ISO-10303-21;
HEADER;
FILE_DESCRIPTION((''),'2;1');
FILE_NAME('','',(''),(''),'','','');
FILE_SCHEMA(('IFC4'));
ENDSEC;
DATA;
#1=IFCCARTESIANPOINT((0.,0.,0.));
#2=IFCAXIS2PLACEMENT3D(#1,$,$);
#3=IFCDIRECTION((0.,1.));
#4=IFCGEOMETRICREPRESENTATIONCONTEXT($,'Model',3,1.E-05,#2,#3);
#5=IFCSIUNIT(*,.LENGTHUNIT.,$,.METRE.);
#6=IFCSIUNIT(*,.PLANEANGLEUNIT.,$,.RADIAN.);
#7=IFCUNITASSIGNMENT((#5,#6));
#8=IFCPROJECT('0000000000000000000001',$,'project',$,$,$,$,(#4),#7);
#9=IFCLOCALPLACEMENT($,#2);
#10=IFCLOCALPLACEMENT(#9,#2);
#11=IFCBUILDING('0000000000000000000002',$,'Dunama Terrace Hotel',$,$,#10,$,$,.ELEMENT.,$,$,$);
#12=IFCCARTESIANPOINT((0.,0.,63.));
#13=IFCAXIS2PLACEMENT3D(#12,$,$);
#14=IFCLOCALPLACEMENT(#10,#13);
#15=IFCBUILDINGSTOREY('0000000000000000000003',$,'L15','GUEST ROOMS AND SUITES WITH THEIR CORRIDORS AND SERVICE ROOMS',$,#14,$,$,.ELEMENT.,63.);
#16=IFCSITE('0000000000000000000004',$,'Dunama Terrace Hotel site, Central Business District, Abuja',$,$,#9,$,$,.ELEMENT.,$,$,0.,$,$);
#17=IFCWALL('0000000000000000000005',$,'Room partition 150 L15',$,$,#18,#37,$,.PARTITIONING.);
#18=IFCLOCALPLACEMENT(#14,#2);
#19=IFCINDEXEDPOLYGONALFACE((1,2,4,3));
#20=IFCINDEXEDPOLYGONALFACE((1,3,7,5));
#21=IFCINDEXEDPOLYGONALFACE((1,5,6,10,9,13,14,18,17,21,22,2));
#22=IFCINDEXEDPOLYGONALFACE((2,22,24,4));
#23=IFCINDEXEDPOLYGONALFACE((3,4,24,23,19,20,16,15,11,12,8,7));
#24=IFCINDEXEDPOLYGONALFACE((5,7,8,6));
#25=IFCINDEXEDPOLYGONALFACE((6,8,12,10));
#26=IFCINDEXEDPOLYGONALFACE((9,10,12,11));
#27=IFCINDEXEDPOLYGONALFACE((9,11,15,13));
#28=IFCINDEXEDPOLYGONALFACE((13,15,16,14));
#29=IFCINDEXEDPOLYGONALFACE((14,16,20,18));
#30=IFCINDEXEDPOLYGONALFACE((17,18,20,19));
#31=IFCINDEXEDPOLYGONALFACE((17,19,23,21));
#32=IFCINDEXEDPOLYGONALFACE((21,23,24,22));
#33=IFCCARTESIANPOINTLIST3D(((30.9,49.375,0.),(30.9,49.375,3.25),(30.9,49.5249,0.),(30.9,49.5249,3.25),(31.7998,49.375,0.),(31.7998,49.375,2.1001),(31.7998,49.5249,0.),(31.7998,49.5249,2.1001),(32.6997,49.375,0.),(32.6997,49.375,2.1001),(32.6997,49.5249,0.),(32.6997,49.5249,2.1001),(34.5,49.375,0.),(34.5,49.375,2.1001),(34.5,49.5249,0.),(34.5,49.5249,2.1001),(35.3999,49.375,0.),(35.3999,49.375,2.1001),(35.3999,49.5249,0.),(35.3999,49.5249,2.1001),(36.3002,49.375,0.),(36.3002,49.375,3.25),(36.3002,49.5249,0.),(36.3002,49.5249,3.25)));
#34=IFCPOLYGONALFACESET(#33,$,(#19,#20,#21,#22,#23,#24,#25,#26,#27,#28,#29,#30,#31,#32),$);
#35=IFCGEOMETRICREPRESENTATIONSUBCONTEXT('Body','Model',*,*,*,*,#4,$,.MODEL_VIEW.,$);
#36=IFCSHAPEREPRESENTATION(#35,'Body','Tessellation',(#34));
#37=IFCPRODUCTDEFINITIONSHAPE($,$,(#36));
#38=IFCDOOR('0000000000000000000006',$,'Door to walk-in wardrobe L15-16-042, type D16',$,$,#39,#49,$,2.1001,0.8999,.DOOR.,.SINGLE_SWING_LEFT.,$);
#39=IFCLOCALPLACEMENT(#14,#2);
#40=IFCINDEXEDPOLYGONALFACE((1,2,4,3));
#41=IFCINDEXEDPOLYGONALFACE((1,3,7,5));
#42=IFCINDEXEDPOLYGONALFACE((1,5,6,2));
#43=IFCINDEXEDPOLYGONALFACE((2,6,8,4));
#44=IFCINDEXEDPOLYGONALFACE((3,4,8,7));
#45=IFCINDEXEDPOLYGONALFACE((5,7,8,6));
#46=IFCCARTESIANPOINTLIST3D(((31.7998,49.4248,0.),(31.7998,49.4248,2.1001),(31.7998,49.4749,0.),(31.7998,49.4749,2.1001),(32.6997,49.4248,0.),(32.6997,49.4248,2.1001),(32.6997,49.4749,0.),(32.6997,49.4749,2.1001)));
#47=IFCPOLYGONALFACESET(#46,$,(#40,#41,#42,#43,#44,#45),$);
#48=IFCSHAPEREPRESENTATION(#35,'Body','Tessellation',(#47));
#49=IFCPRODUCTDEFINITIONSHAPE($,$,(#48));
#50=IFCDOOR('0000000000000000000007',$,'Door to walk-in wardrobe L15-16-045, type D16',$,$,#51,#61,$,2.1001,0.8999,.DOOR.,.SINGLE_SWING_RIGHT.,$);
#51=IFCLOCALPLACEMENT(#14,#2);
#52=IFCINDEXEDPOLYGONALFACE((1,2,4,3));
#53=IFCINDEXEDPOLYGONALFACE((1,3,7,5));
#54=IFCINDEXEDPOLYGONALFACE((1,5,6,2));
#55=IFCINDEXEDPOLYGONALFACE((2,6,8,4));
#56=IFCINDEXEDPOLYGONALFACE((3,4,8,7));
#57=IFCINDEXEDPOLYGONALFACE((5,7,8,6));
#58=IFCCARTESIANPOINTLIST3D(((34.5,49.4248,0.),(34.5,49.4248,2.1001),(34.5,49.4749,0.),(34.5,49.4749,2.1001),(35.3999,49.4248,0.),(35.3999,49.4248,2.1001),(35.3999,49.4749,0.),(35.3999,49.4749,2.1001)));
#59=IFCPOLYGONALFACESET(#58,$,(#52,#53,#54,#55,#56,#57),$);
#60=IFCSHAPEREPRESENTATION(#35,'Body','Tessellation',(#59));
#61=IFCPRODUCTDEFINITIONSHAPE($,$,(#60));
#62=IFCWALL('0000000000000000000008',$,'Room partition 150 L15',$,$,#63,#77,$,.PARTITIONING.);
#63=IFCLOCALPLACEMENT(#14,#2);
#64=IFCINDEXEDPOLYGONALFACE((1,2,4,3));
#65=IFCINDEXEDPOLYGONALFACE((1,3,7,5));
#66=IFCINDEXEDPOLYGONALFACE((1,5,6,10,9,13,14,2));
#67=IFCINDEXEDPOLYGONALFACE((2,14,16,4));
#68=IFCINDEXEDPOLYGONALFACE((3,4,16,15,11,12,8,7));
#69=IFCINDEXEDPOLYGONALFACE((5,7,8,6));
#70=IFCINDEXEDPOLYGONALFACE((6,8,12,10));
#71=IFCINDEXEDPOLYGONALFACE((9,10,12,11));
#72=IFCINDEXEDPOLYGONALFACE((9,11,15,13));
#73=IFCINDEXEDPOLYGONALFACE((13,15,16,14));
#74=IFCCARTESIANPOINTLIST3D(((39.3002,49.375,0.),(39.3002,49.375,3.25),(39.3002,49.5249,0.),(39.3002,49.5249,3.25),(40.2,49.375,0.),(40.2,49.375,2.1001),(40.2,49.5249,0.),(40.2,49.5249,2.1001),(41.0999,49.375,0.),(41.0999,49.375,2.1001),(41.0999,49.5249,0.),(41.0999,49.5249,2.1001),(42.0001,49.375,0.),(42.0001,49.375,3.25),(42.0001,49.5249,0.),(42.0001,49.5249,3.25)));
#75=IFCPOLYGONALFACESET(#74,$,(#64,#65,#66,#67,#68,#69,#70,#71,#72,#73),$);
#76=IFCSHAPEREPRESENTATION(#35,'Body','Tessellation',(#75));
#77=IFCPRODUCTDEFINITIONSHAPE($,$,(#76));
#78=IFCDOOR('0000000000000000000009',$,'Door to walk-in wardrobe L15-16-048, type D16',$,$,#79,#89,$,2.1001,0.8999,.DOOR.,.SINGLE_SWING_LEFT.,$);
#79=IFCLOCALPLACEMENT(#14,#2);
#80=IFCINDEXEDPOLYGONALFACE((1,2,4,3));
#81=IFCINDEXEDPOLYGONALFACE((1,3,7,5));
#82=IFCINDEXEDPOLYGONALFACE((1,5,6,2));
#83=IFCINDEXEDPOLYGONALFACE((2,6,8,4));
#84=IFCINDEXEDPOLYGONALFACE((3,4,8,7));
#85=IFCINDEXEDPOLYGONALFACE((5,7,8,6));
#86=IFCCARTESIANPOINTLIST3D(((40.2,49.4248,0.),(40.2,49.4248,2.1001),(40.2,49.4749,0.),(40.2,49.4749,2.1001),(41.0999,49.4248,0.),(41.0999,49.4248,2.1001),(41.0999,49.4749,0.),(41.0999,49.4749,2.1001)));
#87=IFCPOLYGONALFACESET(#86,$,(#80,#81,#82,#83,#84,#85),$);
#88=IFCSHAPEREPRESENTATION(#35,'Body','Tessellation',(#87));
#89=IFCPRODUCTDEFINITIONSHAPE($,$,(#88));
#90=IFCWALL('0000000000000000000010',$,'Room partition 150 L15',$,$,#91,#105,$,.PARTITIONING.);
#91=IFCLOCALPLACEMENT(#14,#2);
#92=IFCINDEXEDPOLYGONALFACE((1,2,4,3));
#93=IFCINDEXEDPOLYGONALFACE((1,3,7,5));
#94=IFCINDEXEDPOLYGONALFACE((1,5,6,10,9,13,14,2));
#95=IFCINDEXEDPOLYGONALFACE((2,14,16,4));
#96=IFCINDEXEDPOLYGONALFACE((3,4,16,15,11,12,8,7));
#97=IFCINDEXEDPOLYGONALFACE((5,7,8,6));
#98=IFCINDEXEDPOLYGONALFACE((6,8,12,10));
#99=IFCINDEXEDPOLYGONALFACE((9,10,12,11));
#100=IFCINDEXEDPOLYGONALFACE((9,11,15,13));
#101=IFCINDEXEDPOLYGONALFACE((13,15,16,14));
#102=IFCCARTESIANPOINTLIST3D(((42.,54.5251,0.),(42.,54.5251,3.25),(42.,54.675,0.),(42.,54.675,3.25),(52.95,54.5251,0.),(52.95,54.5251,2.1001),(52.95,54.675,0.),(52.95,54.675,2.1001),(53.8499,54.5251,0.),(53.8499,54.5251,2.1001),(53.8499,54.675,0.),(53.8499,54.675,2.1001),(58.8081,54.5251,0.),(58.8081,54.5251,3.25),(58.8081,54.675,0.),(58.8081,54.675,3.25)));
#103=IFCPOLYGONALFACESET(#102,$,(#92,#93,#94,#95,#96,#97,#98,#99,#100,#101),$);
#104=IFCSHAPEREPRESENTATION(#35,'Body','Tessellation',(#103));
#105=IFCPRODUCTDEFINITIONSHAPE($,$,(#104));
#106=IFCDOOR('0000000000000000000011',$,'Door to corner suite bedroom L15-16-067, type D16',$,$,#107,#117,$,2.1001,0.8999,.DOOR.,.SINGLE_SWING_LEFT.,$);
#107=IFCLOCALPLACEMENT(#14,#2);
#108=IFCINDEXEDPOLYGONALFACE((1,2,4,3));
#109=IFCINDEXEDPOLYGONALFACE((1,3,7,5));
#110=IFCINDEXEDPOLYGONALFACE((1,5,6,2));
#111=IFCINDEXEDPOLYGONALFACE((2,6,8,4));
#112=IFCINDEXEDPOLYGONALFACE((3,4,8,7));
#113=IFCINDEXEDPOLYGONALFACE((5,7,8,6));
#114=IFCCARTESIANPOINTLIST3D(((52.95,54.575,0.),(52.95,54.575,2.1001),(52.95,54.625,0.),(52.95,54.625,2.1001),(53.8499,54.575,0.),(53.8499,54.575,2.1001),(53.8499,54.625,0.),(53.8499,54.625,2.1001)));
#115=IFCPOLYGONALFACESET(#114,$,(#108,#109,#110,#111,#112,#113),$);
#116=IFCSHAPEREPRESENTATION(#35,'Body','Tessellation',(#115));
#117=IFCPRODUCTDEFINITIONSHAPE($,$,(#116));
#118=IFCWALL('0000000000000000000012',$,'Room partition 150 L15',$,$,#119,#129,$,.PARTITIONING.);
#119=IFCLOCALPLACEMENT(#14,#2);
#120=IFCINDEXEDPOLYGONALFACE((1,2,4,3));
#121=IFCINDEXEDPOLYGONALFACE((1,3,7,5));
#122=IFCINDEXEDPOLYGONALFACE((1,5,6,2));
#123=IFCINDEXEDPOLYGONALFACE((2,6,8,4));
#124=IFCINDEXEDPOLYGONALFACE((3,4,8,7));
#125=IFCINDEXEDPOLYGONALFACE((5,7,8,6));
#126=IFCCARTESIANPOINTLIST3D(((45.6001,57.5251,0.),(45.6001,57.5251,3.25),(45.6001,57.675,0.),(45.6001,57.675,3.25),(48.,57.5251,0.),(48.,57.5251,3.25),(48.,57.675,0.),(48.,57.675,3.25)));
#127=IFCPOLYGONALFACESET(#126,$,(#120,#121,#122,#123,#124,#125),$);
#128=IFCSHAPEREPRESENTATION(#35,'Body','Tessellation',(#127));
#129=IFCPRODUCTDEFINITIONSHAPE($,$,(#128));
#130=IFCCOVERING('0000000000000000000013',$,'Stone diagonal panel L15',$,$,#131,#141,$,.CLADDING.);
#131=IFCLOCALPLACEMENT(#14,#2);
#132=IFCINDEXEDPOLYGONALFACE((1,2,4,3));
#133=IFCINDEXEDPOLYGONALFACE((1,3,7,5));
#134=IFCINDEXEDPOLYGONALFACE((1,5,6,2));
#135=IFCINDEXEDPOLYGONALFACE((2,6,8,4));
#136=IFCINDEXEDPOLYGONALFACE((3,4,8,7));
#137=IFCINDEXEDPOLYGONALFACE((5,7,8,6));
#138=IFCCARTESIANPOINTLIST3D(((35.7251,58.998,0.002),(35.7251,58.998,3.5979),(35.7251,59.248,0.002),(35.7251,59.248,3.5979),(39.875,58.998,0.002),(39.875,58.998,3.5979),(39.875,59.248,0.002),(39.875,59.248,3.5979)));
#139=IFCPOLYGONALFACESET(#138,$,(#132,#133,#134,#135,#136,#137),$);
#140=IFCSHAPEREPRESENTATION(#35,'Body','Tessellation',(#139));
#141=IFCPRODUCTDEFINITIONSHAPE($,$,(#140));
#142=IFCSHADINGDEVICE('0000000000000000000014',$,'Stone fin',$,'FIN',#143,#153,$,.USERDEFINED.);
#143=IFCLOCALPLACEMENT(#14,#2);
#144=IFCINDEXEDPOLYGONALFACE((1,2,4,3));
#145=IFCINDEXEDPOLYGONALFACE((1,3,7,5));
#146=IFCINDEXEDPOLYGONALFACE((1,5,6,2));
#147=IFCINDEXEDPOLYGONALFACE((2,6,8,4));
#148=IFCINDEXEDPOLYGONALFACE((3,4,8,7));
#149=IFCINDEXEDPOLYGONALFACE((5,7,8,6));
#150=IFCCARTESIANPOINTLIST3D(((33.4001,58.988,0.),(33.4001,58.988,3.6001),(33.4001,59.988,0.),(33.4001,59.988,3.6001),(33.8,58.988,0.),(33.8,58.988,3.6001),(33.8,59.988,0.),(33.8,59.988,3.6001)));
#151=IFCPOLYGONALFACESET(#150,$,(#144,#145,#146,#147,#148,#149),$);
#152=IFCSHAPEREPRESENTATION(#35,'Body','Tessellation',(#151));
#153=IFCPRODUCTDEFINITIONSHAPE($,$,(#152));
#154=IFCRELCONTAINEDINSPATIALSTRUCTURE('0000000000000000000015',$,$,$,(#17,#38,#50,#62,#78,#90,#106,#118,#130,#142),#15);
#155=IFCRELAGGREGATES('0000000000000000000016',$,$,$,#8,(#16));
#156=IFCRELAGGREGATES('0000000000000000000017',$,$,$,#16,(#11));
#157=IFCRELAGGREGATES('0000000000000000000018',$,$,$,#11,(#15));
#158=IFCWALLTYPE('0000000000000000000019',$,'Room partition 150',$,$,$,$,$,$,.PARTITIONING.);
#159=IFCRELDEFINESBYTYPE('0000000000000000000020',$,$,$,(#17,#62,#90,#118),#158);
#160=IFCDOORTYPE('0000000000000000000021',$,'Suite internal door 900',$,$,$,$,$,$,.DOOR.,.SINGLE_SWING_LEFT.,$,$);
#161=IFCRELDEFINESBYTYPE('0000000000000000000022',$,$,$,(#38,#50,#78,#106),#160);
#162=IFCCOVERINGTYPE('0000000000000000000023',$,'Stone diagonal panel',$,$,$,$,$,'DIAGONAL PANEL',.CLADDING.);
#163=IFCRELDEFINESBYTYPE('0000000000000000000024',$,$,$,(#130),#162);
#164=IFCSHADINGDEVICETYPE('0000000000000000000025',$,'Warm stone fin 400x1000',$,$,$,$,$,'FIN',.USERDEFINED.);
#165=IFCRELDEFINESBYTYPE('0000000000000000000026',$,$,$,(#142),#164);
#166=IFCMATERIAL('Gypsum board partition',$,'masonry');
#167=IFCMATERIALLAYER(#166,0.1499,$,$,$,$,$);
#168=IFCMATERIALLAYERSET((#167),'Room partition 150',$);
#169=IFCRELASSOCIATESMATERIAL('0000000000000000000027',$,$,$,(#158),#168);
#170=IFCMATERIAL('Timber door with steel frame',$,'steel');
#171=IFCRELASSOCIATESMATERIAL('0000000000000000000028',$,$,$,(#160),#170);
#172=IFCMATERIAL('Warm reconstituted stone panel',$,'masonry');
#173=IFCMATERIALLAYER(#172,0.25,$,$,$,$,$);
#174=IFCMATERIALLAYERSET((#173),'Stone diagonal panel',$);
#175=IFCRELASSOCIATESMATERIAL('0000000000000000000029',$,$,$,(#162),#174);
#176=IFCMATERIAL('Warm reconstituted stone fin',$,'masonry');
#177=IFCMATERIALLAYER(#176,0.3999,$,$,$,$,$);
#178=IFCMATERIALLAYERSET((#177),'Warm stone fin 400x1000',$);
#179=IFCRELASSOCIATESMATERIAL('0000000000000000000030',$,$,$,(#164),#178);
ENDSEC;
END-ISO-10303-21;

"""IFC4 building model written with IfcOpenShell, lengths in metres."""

from ifc_helpers import new_model, si_unit, direction, frame, frame_2d, origin, origin_2d, place, context, subcontext, project, spatial, rectangle, extrude, material, layer, layer_set, type_object, element, fill, save


model = new_model("IFC4")

# Units and contexts
model_context = context("Model", 3, precision=1e-05, world=origin(), true_north=direction((0.0, 1.0)))
body_context = subcontext(model_context, "Body", "Model", "MODEL_VIEW")
ifc_project = project(units=[si_unit("LENGTHUNIT", "METRE"), si_unit("PLANEANGLEUNIT", "RADIAN")], contexts=[model_context])

# Site, building, storey
site_placement = place(None, origin())
site = spatial("IfcSite", under=ifc_project, at=site_placement, Name="Dunama Terrace Hotel site, Central Business District, Abuja", CompositionType="ELEMENT", RefElevation=0.0)
building_placement = place(site_placement, origin())
building = spatial("IfcBuilding", under=site, at=building_placement, Name="Dunama Terrace Hotel", CompositionType="ELEMENT")
storey_placement = place(building_placement, frame((0.0, 0.0, 63.0)))
storey = spatial("IfcBuildingStorey", under=building, at=storey_placement, Name="L15", Description="GUEST ROOMS AND SUITES WITH THEIR CORRIDORS AND SERVICE ROOMS", CompositionType="ELEMENT", Elevation=63.0)

# Shared definitions
ifc_material_1 = material(Name="Gypsum board partition", Category="masonry")
ifc_layer_1 = layer(ifc_material_1, 0.1499)
ifc_layer_set_1 = layer_set([ifc_layer_1], Name="Room partition 150")
wall_type_1 = type_object("IfcWallType", Name="Room partition 150", PredefinedType="PARTITIONING", material=ifc_layer_set_1)

# Wall, openings, doors
wall_1_placement = place(storey_placement, frame((30.8999, 49.45, 0.0), z_axis=(0.0, 0.0, 1.0), x_axis=(1.0, 0.0, 0.0)))
wall_1 = element("IfcWall", 1, at=wall_1_placement, inside=storey, type_object=wall_type_1, Name="Room partition 150 L15", PredefinedType="PARTITIONING", context=body_context, shape_type="SweptSolid", body=[
    extrude(rectangle(XDim=5.4001, YDim=0.1499, at=frame_2d((2.7002, 0.0))), origin(), (0.0, 0.0, 1.0), 3.25),
])
opening_1_placement = place(wall_1_placement, frame((0.8999, 0.0, 0.0)))
opening_1 = element("IfcOpeningElement", 2, at=opening_1_placement, cuts=wall_1, PredefinedType="OPENING", context=body_context, shape_type="SweptSolid", body=[
    extrude(rectangle(XDim=0.8999, YDim=2.1001, at=frame_2d((0.45, 1.05))), frame((0.0, 0.085, 0.0), z_axis=(0.0, -1.0, 0.0), x_axis=(1.0, 0.0, 0.0)), (0.0, 0.0, 1.0), 0.1699),
])
opening_2_placement = place(wall_1_placement, frame((3.6001, 0.0, 0.0)))
opening_2 = element("IfcOpeningElement", 3, at=opening_2_placement, cuts=wall_1, PredefinedType="OPENING", context=body_context, shape_type="SweptSolid", body=[
    extrude(rectangle(XDim=0.8999, YDim=2.1001, at=frame_2d((0.45, 1.05))), frame((0.0, 0.085, 0.0), z_axis=(0.0, -1.0, 0.0), x_axis=(1.0, 0.0, 0.0)), (0.0, 0.0, 1.0), 0.1699),
])
ifc_material_2 = material(Name="Timber door with steel frame", Category="steel")
door_type_1 = type_object("IfcDoorType", Name="Suite internal door 900", OperationType="SINGLE_SWING_LEFT", PredefinedType="DOOR", material=ifc_material_2)
door_1_placement = place(opening_1_placement, frame((0.8999, 0.0, 0.0), z_axis=(0.0, 0.0, 1.0), x_axis=(-1.0, 0.0, 0.0)))
door_1 = element("IfcDoor", 4, at=door_1_placement, inside=storey, type_object=door_type_1, Name="Door to walk-in wardrobe L15-16-042, type D16", OperationType="SINGLE_SWING_LEFT", OverallHeight=2.1001, OverallWidth=0.8999, PredefinedType="DOOR", context=body_context, shape_type="SweptSolid", body=[
    extrude(rectangle(XDim=0.8999, YDim=2.1001, at=frame_2d((0.45, 1.05))), frame((0.0, 0.0251, 0.0), z_axis=(0.0, -1.0, 0.0), x_axis=(1.0, 0.0, 0.0)), (0.0, 0.0, 1.0), 0.05),
])
fill(opening_1, door_1)
door_2_placement = place(opening_2_placement, frame((0.8999, 0.0, 0.0), z_axis=(0.0, 0.0, 1.0), x_axis=(-1.0, 0.0, 0.0)))
door_2 = element("IfcDoor", 5, at=door_2_placement, inside=storey, type_object=door_type_1, Name="Door to walk-in wardrobe L15-16-045, type D16", OperationType="SINGLE_SWING_RIGHT", OverallHeight=2.1001, OverallWidth=0.8999, PredefinedType="DOOR", context=body_context, shape_type="SweptSolid", body=[
    extrude(rectangle(XDim=0.8999, YDim=2.1001, at=frame_2d((0.45, 1.05))), frame((0.0, 0.0251, 0.0), z_axis=(0.0, -1.0, 0.0), x_axis=(1.0, 0.0, 0.0)), (0.0, 0.0, 1.0), 0.05),
])
fill(opening_2, door_2)

# Walls, openings, doors
wall_2_placement = place(storey_placement, frame((39.3, 49.45, 0.0), z_axis=(0.0, 0.0, 1.0), x_axis=(1.0, 0.0, 0.0)))
wall_2 = element("IfcWall", 6, at=wall_2_placement, inside=storey, type_object=wall_type_1, Name="Room partition 150 L15", PredefinedType="PARTITIONING", context=body_context, shape_type="SweptSolid", body=[
    extrude(rectangle(XDim=2.7, YDim=0.1499, at=frame_2d((1.3501, 0.0))), origin(), (0.0, 0.0, 1.0), 3.25),
])
opening_3_placement = place(wall_2_placement, frame((0.8999, 0.0, 0.0)))
opening_3 = element("IfcOpeningElement", 7, at=opening_3_placement, cuts=wall_2, PredefinedType="OPENING", context=body_context, shape_type="SweptSolid", body=[
    extrude(rectangle(XDim=0.8999, YDim=2.1001, at=frame_2d((0.45, 1.05))), frame((0.0, 0.085, 0.0), z_axis=(0.0, -1.0, 0.0), x_axis=(1.0, 0.0, 0.0)), (0.0, 0.0, 1.0), 0.1699),
])
door_3_placement = place(opening_3_placement, frame((0.8999, 0.0, 0.0), z_axis=(0.0, 0.0, 1.0), x_axis=(-1.0, 0.0, 0.0)))
door_3 = element("IfcDoor", 8, at=door_3_placement, inside=storey, type_object=door_type_1, Name="Door to walk-in wardrobe L15-16-048, type D16", OperationType="SINGLE_SWING_LEFT", OverallHeight=2.1001, OverallWidth=0.8999, PredefinedType="DOOR", context=body_context, shape_type="SweptSolid", body=[
    extrude(rectangle(XDim=0.8999, YDim=2.1001, at=frame_2d((0.45, 1.05))), frame((0.0, 0.0251, 0.0), z_axis=(0.0, -1.0, 0.0), x_axis=(1.0, 0.0, 0.0)), (0.0, 0.0, 1.0), 0.05),
])
fill(opening_3, door_3)
wall_3_placement = place(storey_placement, frame((42.0, 54.6001, 0.0), z_axis=(0.0, 0.0, 1.0), x_axis=(1.0, 0.0, 0.0)))
wall_3 = element("IfcWall", 9, at=wall_3_placement, inside=storey, type_object=wall_type_1, Name="Room partition 150 L15", PredefinedType="PARTITIONING", context=body_context, shape_type="SweptSolid", body=[
    extrude(rectangle(XDim=16.8081, YDim=0.1499, at=frame_2d((8.4041, 0.0))), origin(), (0.0, 0.0, 1.0), 3.25),
])
opening_4_placement = place(wall_3_placement, frame((10.95, 0.0, 0.0)))
opening_4 = element("IfcOpeningElement", 10, at=opening_4_placement, cuts=wall_3, PredefinedType="OPENING", context=body_context, shape_type="SweptSolid", body=[
    extrude(rectangle(XDim=0.8999, YDim=2.1001, at=frame_2d((0.45, 1.05))), frame((0.0, 0.085, 0.0), z_axis=(0.0, -1.0, 0.0), x_axis=(1.0, 0.0, 0.0)), (0.0, 0.0, 1.0), 0.1699),
])
door_4_placement = place(opening_4_placement, origin())
door_4 = element("IfcDoor", 11, at=door_4_placement, inside=storey, type_object=door_type_1, Name="Door to corner suite bedroom L15-16-067, type D16", OperationType="SINGLE_SWING_LEFT", OverallHeight=2.1001, OverallWidth=0.8999, PredefinedType="DOOR", context=body_context, shape_type="SweptSolid", body=[
    extrude(rectangle(XDim=0.8999, YDim=2.1001, at=frame_2d((0.45, 1.05))), frame((0.0, 0.0249, 0.0), z_axis=(0.0, -1.0, 0.0), x_axis=(1.0, 0.0, 0.0)), (0.0, 0.0, 1.0), 0.05),
])
fill(opening_4, door_4)

# Wall
wall_4_placement = place(storey_placement, frame((45.6001, 57.6001, 0.0), z_axis=(0.0, 0.0, 1.0), x_axis=(1.0, 0.0, 0.0)))
element("IfcWall", 12, at=wall_4_placement, inside=storey, type_object=wall_type_1, Name="Room partition 150 L15", PredefinedType="PARTITIONING", context=body_context, shape_type="SweptSolid", body=[
    extrude(rectangle(XDim=2.3999, YDim=0.1499, at=frame_2d((1.2, 0.0))), origin(), (0.0, 0.0, 1.0), 3.25),
])

# Covering
ifc_material_3 = material(Name="Warm reconstituted stone panel", Category="masonry")
ifc_layer_2 = layer(ifc_material_3, 0.25)
ifc_layer_set_2 = layer_set([ifc_layer_2], Name="Stone diagonal panel")
covering_type = type_object("IfcCoveringType", Name="Stone diagonal panel", ElementType="DIAGONAL PANEL", PredefinedType="CLADDING", material=ifc_layer_set_2)
covering_placement = place(storey_placement, frame((37.8, 59.123, 0.002), z_axis=(0.0, 0.0, 1.0), x_axis=(-1.0, 0.0, 0.0)))
element("IfcCovering", 13, at=covering_placement, inside=storey, type_object=covering_type, Name="Stone diagonal panel L15", PredefinedType="CLADDING", context=body_context, shape_type="SweptSolid", body=[
    extrude(rectangle(XDim=4.1499, YDim=0.25, at=origin_2d()), origin(), (0.0, 0.0, 1.0), 3.5959),
])

# Shading device
ifc_material_4 = material(Name="Warm reconstituted stone fin", Category="masonry")
ifc_layer_3 = layer(ifc_material_4, 0.3999)
ifc_layer_set_3 = layer_set([ifc_layer_3], Name="Warm stone fin 400x1000")
shading_device_type = type_object("IfcShadingDeviceType", Name="Warm stone fin 400x1000", ElementType="FIN", PredefinedType="USERDEFINED", material=ifc_layer_set_3)
shading_device_placement = place(storey_placement, frame((33.6001, 59.488, 0.0), z_axis=(0.0, 0.0, 1.0), x_axis=(-1.0, 0.0, 0.0)))
element("IfcShadingDevice", 14, at=shading_device_placement, inside=storey, type_object=shading_device_type, Name="Stone fin", ObjectType="FIN", PredefinedType="USERDEFINED", context=body_context, shape_type="SweptSolid", body=[
    extrude(rectangle(XDim=0.3999, YDim=1.0, at=origin_2d()), origin(), (0.0, 0.0, 1.0), 3.6001),
])

save(model, "model.ifc")
